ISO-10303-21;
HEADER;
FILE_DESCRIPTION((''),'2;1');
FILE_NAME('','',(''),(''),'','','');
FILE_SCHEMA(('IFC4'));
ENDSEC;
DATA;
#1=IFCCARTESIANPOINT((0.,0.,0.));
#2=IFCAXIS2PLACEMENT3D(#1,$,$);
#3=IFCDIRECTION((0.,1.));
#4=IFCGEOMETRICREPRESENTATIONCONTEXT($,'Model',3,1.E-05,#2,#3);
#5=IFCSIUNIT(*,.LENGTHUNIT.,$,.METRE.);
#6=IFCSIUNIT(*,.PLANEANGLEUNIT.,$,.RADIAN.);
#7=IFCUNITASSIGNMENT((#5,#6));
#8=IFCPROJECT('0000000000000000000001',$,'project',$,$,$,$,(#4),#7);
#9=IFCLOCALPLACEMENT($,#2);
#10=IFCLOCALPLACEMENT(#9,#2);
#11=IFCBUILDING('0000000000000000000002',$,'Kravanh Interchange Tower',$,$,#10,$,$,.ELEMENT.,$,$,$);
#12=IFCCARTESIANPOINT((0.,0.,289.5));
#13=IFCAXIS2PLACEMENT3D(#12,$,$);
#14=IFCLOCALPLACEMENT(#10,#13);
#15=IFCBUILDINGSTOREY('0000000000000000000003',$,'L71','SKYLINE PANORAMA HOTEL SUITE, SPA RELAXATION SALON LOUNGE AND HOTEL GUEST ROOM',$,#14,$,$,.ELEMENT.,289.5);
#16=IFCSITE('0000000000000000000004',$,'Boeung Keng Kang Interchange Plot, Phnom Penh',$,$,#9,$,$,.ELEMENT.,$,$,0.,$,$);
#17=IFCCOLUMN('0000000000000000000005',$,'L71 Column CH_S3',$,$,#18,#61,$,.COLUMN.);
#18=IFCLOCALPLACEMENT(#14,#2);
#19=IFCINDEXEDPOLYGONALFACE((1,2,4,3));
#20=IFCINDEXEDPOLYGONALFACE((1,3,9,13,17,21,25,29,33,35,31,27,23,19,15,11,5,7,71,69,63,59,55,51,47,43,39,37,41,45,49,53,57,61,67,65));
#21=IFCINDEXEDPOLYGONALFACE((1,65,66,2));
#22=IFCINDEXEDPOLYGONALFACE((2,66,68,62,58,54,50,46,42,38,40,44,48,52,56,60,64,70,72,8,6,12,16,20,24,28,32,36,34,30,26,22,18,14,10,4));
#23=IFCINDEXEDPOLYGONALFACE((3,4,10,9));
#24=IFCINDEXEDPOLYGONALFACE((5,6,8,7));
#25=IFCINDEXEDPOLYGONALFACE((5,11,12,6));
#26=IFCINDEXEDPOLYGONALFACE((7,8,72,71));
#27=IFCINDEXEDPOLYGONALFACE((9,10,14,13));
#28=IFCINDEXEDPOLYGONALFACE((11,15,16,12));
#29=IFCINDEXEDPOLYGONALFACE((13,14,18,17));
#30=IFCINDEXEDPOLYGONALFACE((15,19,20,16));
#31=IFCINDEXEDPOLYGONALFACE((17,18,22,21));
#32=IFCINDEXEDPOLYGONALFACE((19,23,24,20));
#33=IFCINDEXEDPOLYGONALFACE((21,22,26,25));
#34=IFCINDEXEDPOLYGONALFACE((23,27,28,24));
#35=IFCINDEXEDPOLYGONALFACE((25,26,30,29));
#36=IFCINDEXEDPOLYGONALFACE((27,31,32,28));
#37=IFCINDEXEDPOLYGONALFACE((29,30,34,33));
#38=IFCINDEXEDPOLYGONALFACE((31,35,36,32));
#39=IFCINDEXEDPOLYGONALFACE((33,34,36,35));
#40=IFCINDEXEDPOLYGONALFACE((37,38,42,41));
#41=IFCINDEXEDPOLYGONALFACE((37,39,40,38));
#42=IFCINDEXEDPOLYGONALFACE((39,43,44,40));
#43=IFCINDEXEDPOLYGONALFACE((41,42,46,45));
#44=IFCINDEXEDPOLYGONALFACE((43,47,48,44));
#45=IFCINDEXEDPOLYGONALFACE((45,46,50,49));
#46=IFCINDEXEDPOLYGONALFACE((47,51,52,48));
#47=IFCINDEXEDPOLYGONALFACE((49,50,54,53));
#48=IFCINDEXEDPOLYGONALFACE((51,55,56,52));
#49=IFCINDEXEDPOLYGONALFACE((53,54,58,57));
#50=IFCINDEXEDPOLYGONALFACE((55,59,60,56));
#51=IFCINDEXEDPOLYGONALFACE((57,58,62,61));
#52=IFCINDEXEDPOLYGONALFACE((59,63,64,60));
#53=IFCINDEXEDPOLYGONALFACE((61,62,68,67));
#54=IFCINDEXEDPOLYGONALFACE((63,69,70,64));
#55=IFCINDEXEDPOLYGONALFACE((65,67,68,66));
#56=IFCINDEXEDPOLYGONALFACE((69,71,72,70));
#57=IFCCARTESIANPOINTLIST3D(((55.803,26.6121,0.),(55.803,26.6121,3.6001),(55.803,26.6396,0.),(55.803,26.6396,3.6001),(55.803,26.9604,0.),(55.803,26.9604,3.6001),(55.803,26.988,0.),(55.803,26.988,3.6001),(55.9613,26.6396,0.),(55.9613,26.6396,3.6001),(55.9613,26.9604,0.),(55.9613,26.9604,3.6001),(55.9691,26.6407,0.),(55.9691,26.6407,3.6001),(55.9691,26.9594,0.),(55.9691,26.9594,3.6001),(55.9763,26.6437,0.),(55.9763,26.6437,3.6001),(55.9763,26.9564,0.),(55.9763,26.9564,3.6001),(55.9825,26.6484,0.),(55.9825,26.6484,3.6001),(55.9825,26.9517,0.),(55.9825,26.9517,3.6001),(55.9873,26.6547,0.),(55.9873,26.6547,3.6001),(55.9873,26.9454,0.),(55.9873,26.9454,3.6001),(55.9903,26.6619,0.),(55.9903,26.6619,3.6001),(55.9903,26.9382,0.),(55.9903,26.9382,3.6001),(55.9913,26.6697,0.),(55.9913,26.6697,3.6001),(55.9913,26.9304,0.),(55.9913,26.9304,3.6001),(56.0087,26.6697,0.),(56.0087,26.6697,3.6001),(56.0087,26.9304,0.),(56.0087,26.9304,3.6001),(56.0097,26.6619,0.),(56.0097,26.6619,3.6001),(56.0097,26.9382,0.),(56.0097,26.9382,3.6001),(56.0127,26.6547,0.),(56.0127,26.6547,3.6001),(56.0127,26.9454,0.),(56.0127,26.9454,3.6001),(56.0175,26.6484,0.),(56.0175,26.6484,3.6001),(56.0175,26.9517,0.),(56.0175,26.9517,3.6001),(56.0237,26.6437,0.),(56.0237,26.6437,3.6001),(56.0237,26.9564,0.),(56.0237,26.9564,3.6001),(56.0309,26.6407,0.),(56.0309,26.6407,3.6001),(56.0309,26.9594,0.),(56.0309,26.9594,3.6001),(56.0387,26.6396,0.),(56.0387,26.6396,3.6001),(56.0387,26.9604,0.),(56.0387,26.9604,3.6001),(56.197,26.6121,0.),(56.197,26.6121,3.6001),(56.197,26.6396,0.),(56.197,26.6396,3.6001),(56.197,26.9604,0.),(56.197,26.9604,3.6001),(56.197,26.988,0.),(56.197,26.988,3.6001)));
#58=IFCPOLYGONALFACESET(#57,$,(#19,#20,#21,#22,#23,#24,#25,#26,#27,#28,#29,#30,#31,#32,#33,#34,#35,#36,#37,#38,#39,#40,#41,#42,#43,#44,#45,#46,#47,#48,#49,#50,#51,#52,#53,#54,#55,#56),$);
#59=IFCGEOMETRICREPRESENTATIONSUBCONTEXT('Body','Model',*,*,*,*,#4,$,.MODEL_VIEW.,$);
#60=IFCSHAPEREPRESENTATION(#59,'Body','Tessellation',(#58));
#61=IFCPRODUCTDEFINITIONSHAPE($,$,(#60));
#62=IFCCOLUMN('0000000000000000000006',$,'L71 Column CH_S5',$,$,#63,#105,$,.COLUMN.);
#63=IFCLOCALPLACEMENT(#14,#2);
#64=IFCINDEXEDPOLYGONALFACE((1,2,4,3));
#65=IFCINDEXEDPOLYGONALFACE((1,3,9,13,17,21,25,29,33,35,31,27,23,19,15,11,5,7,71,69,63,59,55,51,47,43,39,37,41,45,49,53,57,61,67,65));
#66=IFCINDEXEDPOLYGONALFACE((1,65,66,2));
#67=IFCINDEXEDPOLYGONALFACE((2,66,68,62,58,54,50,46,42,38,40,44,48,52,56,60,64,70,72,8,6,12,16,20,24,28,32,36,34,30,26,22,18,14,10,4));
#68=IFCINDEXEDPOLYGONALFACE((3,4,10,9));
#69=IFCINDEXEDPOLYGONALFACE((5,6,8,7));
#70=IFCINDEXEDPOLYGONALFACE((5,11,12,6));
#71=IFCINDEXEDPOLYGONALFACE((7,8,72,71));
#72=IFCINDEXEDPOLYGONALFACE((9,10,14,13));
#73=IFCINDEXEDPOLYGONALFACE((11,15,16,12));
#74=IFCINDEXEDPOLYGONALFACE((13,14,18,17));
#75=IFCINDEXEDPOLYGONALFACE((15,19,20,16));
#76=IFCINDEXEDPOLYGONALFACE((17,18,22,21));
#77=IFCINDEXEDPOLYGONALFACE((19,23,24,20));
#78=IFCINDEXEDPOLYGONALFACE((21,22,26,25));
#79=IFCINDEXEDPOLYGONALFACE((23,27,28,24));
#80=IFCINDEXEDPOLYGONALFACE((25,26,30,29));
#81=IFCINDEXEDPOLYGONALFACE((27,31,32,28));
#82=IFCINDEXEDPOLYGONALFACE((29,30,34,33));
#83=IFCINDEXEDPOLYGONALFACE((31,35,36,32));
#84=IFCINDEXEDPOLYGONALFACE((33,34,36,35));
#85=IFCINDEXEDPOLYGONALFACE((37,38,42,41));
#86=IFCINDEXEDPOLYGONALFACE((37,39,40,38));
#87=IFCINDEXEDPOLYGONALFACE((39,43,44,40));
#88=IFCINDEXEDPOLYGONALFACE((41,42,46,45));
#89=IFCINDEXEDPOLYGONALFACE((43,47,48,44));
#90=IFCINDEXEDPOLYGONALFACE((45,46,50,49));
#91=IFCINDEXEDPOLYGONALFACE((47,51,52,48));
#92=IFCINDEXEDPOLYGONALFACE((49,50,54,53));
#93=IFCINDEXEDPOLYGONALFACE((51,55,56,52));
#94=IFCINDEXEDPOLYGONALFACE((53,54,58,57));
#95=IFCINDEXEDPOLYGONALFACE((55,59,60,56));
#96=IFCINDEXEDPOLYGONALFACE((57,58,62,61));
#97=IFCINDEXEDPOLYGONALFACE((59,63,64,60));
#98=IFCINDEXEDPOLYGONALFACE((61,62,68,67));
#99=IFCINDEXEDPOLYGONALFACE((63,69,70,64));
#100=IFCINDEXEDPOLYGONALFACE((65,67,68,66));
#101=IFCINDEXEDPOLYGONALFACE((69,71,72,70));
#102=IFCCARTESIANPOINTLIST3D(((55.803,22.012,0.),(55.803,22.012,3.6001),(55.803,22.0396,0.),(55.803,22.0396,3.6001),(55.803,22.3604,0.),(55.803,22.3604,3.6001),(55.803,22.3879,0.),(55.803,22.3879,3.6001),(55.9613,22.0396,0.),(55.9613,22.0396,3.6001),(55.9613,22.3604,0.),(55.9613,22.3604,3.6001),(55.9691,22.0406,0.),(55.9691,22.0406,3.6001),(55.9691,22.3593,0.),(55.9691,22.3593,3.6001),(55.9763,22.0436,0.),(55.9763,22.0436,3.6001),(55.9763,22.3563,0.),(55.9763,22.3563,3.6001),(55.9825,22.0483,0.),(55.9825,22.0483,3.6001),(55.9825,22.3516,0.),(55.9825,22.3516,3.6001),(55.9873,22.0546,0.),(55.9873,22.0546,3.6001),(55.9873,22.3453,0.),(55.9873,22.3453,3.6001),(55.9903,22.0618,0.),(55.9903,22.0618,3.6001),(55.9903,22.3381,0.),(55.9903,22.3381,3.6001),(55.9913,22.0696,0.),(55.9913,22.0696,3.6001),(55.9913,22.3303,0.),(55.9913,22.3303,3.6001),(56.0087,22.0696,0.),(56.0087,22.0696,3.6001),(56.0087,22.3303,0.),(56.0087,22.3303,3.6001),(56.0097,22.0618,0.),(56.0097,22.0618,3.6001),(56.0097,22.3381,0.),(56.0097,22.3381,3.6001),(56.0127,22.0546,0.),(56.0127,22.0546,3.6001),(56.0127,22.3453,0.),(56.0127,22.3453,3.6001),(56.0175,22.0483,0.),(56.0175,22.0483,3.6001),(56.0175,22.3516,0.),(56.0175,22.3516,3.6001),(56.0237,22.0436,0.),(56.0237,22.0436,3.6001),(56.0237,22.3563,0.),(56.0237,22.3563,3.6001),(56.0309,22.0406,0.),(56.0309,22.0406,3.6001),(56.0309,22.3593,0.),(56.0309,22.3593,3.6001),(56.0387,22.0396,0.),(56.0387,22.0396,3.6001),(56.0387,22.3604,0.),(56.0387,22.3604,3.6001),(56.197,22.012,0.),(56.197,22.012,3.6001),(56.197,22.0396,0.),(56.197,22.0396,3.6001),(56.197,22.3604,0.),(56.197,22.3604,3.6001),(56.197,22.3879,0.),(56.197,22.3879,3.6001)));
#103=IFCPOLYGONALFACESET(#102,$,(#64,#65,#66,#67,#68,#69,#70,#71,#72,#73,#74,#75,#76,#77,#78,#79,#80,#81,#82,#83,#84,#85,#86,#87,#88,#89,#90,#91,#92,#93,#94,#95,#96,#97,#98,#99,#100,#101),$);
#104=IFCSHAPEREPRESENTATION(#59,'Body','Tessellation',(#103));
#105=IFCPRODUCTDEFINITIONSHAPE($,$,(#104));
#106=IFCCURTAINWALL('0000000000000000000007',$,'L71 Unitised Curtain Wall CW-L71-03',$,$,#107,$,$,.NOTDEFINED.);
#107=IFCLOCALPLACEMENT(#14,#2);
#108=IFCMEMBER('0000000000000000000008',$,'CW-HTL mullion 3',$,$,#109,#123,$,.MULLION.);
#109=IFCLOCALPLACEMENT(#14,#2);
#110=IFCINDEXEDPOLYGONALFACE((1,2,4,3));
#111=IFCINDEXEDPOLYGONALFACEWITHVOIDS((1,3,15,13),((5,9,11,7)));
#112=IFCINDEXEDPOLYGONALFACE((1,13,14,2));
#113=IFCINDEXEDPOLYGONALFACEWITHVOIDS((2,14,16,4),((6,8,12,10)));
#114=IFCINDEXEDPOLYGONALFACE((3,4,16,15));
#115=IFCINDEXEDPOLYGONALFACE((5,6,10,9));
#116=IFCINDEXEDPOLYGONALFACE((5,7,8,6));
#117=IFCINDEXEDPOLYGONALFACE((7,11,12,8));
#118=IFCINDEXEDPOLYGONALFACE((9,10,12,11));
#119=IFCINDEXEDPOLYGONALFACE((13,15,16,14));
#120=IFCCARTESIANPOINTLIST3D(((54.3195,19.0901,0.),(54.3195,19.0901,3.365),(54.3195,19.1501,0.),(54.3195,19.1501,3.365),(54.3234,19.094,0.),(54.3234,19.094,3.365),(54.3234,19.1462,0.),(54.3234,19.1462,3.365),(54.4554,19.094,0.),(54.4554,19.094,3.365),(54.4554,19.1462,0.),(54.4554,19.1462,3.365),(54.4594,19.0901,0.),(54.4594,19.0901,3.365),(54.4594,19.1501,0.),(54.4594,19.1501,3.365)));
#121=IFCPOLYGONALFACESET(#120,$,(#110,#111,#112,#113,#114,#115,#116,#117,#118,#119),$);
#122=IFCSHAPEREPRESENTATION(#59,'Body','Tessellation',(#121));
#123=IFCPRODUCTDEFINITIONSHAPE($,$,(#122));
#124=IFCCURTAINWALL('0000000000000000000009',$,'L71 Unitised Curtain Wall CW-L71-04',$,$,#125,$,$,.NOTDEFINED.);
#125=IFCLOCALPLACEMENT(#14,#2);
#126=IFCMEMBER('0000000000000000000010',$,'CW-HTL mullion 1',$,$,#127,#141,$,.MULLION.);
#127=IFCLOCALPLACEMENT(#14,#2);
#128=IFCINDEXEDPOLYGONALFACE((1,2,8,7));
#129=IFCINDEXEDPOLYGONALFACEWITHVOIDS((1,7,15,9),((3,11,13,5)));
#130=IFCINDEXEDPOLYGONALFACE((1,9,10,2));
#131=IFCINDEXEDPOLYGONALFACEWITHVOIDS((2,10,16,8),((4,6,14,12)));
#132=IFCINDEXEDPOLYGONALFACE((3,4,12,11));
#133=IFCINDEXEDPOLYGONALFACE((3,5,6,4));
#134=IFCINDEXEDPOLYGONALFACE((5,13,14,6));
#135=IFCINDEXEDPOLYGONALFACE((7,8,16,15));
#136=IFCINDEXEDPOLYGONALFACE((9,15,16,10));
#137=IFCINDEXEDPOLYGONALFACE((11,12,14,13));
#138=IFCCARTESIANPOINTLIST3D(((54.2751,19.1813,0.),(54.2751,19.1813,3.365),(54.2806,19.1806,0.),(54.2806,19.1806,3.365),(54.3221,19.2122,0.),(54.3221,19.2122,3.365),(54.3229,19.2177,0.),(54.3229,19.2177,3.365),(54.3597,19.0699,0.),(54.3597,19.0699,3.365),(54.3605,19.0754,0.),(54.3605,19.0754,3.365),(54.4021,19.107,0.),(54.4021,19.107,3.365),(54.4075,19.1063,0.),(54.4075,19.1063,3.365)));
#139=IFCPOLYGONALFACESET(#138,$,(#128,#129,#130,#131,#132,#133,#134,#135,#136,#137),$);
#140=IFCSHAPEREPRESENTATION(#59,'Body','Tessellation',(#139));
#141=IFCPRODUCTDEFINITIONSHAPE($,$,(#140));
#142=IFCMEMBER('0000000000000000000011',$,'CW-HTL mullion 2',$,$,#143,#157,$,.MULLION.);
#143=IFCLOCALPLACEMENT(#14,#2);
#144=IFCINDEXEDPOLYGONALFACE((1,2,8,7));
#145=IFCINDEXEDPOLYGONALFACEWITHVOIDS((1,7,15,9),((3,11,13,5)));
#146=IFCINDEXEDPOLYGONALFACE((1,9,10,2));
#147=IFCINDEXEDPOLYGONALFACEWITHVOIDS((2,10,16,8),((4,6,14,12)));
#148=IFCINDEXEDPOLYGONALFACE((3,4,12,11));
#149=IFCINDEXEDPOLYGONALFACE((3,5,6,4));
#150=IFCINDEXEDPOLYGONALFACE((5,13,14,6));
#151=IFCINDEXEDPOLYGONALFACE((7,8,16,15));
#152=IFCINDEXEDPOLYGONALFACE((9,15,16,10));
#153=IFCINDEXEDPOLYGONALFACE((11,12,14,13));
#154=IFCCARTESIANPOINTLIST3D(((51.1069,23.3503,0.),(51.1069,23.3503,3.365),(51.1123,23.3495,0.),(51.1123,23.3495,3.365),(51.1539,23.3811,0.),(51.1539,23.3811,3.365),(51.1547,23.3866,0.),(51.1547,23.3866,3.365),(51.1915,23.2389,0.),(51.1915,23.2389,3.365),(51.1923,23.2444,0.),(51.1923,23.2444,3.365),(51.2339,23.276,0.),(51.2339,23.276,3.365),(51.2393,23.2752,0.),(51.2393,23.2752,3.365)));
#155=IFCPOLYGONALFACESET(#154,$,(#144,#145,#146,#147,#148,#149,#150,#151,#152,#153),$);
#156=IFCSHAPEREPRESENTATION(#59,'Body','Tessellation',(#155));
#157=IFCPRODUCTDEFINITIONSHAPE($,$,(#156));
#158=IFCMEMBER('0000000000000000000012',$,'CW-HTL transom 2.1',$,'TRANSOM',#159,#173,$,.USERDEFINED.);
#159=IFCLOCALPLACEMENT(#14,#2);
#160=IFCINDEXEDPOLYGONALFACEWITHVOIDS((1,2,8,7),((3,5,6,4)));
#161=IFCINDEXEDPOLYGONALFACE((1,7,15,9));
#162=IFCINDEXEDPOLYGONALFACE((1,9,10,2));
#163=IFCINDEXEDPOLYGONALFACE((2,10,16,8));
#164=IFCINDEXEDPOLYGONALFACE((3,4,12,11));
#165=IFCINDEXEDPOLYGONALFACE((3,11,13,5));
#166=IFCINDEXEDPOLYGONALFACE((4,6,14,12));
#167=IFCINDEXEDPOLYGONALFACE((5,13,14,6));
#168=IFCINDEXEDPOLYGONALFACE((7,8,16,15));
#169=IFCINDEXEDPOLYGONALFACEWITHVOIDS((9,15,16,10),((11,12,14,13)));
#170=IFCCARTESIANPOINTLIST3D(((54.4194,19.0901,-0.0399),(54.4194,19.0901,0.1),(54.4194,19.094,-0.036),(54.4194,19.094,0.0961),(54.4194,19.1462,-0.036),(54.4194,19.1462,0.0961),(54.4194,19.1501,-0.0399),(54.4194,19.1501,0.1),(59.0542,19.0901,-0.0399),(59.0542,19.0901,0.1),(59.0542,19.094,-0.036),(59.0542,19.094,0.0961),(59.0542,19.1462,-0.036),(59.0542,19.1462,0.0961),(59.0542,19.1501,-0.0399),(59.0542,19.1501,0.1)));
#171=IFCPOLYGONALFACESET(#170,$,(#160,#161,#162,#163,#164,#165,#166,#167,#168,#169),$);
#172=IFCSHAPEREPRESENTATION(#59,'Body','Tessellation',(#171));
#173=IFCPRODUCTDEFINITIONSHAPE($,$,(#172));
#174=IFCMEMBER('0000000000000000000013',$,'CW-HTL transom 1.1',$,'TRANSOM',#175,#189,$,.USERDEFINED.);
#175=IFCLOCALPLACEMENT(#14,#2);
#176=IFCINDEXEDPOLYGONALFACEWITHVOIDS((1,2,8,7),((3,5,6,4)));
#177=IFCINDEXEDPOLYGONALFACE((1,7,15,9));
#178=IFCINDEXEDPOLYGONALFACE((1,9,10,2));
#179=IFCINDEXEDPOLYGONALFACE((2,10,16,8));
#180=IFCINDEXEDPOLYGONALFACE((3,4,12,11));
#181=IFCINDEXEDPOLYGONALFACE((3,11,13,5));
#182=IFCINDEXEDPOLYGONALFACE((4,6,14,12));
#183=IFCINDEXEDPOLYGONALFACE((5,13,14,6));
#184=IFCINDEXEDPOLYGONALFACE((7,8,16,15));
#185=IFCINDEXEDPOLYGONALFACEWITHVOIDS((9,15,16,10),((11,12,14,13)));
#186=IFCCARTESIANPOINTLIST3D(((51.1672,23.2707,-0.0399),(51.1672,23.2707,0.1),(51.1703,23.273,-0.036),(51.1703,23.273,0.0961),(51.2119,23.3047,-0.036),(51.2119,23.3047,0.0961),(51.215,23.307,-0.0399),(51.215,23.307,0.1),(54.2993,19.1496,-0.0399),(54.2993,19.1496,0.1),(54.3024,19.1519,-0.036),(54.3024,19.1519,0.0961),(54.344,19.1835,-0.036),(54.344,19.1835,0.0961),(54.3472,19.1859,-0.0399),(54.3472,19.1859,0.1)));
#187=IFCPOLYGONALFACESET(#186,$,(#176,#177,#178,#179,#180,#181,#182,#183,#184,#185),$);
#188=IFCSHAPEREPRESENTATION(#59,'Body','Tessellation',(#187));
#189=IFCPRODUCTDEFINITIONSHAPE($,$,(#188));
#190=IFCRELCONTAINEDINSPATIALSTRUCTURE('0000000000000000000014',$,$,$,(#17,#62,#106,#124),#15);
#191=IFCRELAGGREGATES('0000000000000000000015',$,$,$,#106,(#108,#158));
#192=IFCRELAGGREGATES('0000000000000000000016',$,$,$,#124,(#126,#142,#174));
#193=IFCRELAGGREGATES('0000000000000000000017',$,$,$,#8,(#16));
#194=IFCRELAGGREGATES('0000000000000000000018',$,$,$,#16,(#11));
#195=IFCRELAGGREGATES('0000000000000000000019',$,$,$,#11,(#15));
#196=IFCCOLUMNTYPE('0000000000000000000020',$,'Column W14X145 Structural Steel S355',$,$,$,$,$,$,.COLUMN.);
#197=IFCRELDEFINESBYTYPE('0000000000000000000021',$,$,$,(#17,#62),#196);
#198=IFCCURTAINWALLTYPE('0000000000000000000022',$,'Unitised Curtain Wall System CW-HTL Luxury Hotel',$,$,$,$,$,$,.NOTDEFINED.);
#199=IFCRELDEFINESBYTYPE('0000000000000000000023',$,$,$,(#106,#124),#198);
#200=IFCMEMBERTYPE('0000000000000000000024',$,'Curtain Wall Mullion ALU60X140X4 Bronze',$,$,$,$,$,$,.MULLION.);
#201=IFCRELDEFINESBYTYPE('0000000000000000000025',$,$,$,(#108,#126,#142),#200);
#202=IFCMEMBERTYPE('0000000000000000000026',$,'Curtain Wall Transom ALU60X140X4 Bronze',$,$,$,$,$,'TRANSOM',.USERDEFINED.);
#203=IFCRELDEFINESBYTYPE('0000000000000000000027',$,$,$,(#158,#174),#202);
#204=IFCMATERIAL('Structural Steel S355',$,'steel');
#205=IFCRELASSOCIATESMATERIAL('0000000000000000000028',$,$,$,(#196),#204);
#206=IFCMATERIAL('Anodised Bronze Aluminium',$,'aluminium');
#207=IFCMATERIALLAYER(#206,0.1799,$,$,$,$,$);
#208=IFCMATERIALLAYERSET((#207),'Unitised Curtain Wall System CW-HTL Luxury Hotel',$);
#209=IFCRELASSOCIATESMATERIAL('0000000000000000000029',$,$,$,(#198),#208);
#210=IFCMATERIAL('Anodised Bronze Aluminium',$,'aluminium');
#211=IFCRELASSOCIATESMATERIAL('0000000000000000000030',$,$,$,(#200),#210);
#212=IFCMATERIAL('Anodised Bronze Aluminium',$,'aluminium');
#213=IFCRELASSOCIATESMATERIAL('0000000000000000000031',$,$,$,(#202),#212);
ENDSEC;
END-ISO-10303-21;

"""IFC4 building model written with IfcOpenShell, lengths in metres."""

from ifc_helpers import new_model, si_unit, direction, frame, origin, origin_2d, place, context, subcontext, project, spatial, hollow_rectangle, i_section, extrude, material, layer, layer_set, material_profile, profile_set, type_object, element, aggregate, save


model = new_model("IFC4")

# Units and contexts
model_context = context("Model", 3, precision=1e-05, world=origin(), true_north=direction((0.0, 1.0)))
body_context = subcontext(model_context, "Body", "Model", "MODEL_VIEW")
ifc_project = project(units=[si_unit("LENGTHUNIT", "METRE"), si_unit("PLANEANGLEUNIT", "RADIAN")], contexts=[model_context])

# Site, building, storey
site_placement = place(None, origin())
site = spatial("IfcSite", under=ifc_project, at=site_placement, Name="Boeung Keng Kang Interchange Plot, Phnom Penh", CompositionType="ELEMENT", RefElevation=0.0)
building_placement = place(site_placement, origin())
building = spatial("IfcBuilding", under=site, at=building_placement, Name="Kravanh Interchange Tower", CompositionType="ELEMENT")
storey_placement = place(building_placement, frame((0.0, 0.0, 289.5)))
storey = spatial("IfcBuildingStorey", under=building, at=storey_placement, Name="L71", Description="SKYLINE PANORAMA HOTEL SUITE, SPA RELAXATION SALON LOUNGE AND HOTEL GUEST ROOM", CompositionType="ELEMENT", Elevation=289.5)

# Columns
ifc_material_1 = material(Name="Structural Steel S355", Category="steel")
ifc_material_profile_1 = material_profile(ifc_material_1, i_section(OverallWidth=0.394, OverallDepth=0.376, WebThickness=0.0173, FlangeThickness=0.0276, FilletRadius=0.03, at=origin_2d()), Name="W14X145")
ifc_profile_set_1 = profile_set([ifc_material_profile_1], Name="Structural Steel S355")
column_type = type_object("IfcColumnType", Name="Column W14X145 Structural Steel S355", PredefinedType="COLUMN", material=ifc_profile_set_1)
for number, where, z_axis, x_axis, name in (
    (1, (56.0, 26.8, 0.0), (0.0, 0.0, 1.0), (1.0, 0.0, 0.0), "L71 Column CH_S3"),
    (2, (56.0, 22.2, 0.0), (0.0, 0.0, 1.0), (1.0, 0.0, 0.0), "L71 Column CH_S5"),
):
    element("IfcColumn", number, at=place(storey_placement, frame(where, z_axis=z_axis, x_axis=x_axis)), inside=storey, type_object=column_type, Name=name, PredefinedType="COLUMN", context=body_context, shape_type="SweptSolid", body=[
        extrude(i_section(OverallWidth=0.394, OverallDepth=0.376, WebThickness=0.0173, FlangeThickness=0.0276, FilletRadius=0.03, at=origin_2d()), origin(), (0.0, 0.0, 1.0), 3.6001),
    ])

# Curtain wall, member
ifc_material_2 = material(Name="Anodised Bronze Aluminium", Category="aluminium")
ifc_layer_1 = layer(ifc_material_2, 0.1799)
ifc_layer_set_1 = layer_set([ifc_layer_1], Name="Unitised Curtain Wall System CW-HTL Luxury Hotel")
curtain_wall_type = type_object("IfcCurtainWallType", Name="Unitised Curtain Wall System CW-HTL Luxury Hotel", PredefinedType="NOTDEFINED", material=ifc_layer_set_1)
curtain_wall_1_placement = place(storey_placement, origin())
curtain_wall_1 = element("IfcCurtainWall", 3, at=curtain_wall_1_placement, inside=storey, type_object=curtain_wall_type, Name="L71 Unitised Curtain Wall CW-L71-03", PredefinedType="NOTDEFINED")
ifc_material_3 = material(Name="Anodised Bronze Aluminium", Category="aluminium")
ifc_material_profile_2 = material_profile(ifc_material_3, hollow_rectangle(XDim=0.0601, YDim=0.1399, WallThickness=0.0039, at=origin_2d()), Name="ALU60X140X4")
ifc_profile_set_2 = profile_set([ifc_material_profile_2], Name="Anodised Bronze Aluminium")
member_type_1 = type_object("IfcMemberType", Name="Curtain Wall Mullion ALU60X140X4 Bronze", PredefinedType="MULLION", material=ifc_profile_set_2)
member_1_placement = place(storey_placement, frame((54.3894, 19.1201, 0.0), z_axis=(0.0, 0.0, 1.0), x_axis=(0.0, -1.0, 0.0)))
member_1 = element("IfcMember", 4, at=member_1_placement, type_object=member_type_1, Name="CW-HTL mullion 3", PredefinedType="MULLION", context=body_context, shape_type="SweptSolid", body=[
    extrude(hollow_rectangle(XDim=0.0601, YDim=0.1399, WallThickness=0.0039, at=origin_2d()), origin(), (0.0, 0.0, 1.0), 3.365),
])

# Curtain wall, members
curtain_wall_2_placement = place(storey_placement, origin())
curtain_wall_2 = element("IfcCurtainWall", 5, at=curtain_wall_2_placement, inside=storey, type_object=curtain_wall_type, Name="L71 Unitised Curtain Wall CW-L71-04", PredefinedType="NOTDEFINED")
member_2_placement = place(storey_placement, frame((54.3413, 19.1438, 0.0), z_axis=(0.0, 0.0, 1.0), x_axis=(-0.796162, -0.605083, 0.0)))
member_2 = element("IfcMember", 6, at=member_2_placement, type_object=member_type_1, Name="CW-HTL mullion 1", PredefinedType="MULLION", context=body_context, shape_type="SweptSolid", body=[
    extrude(hollow_rectangle(XDim=0.0601, YDim=0.1399, WallThickness=0.0039, at=origin_2d()), origin(), (0.0, 0.0, 1.0), 3.365),
])
member_3_placement = place(storey_placement, frame((51.1731, 23.3127, 0.0), z_axis=(0.0, 0.0, 1.0), x_axis=(-0.796162, -0.605083, 0.0)))
member_3 = element("IfcMember", 7, at=member_3_placement, type_object=member_type_1, Name="CW-HTL mullion 2", PredefinedType="MULLION", context=body_context, shape_type="SweptSolid", body=[
    extrude(hollow_rectangle(XDim=0.0601, YDim=0.1399, WallThickness=0.0039, at=origin_2d()), origin(), (0.0, 0.0, 1.0), 3.365),
])

# Members
ifc_material_4 = material(Name="Anodised Bronze Aluminium", Category="aluminium")
ifc_material_profile_3 = material_profile(ifc_material_4, hollow_rectangle(XDim=0.0601, YDim=0.1399, WallThickness=0.0039, at=origin_2d()), Name="ALU60X140X4")
ifc_profile_set_3 = profile_set([ifc_material_profile_3], Name="Anodised Bronze Aluminium")
member_type_2 = type_object("IfcMemberType", Name="Curtain Wall Transom ALU60X140X4 Bronze", ElementType="TRANSOM", PredefinedType="USERDEFINED", material=ifc_profile_set_3)
member_4_placement = place(storey_placement, frame((59.0542, 19.1201, 0.03), z_axis=(-1.0, 0.0, 0.0), x_axis=(0.0, -1.0, 0.0)))
member_4 = element("IfcMember", 8, at=member_4_placement, type_object=member_type_2, Name="CW-HTL transom 2.1", ObjectType="TRANSOM", PredefinedType="USERDEFINED", context=body_context, shape_type="SweptSolid", body=[
    extrude(hollow_rectangle(XDim=0.0601, YDim=0.1399, WallThickness=0.0039, at=origin_2d()), origin(), (0.0, 0.0, 1.0), 4.6348),
])
member_5_placement = place(storey_placement, frame((54.3232, 19.1677, 0.03), z_axis=(-0.605089, 0.796158, 0.0), x_axis=(-0.796158, -0.605089, 0.0)))
member_5 = element("IfcMember", 9, at=member_5_placement, type_object=member_type_2, Name="CW-HTL transom 1.1", ObjectType="TRANSOM", PredefinedType="USERDEFINED", context=body_context, shape_type="SweptSolid", body=[
    extrude(hollow_rectangle(XDim=0.0601, YDim=0.1399, WallThickness=0.0039, at=origin_2d()), origin(), (0.0, 0.0, 1.0), 5.1763),
])

aggregate(curtain_wall_1, [member_1, member_4])
aggregate(curtain_wall_2, [member_2, member_3, member_5])

save(model, "model.ifc")
